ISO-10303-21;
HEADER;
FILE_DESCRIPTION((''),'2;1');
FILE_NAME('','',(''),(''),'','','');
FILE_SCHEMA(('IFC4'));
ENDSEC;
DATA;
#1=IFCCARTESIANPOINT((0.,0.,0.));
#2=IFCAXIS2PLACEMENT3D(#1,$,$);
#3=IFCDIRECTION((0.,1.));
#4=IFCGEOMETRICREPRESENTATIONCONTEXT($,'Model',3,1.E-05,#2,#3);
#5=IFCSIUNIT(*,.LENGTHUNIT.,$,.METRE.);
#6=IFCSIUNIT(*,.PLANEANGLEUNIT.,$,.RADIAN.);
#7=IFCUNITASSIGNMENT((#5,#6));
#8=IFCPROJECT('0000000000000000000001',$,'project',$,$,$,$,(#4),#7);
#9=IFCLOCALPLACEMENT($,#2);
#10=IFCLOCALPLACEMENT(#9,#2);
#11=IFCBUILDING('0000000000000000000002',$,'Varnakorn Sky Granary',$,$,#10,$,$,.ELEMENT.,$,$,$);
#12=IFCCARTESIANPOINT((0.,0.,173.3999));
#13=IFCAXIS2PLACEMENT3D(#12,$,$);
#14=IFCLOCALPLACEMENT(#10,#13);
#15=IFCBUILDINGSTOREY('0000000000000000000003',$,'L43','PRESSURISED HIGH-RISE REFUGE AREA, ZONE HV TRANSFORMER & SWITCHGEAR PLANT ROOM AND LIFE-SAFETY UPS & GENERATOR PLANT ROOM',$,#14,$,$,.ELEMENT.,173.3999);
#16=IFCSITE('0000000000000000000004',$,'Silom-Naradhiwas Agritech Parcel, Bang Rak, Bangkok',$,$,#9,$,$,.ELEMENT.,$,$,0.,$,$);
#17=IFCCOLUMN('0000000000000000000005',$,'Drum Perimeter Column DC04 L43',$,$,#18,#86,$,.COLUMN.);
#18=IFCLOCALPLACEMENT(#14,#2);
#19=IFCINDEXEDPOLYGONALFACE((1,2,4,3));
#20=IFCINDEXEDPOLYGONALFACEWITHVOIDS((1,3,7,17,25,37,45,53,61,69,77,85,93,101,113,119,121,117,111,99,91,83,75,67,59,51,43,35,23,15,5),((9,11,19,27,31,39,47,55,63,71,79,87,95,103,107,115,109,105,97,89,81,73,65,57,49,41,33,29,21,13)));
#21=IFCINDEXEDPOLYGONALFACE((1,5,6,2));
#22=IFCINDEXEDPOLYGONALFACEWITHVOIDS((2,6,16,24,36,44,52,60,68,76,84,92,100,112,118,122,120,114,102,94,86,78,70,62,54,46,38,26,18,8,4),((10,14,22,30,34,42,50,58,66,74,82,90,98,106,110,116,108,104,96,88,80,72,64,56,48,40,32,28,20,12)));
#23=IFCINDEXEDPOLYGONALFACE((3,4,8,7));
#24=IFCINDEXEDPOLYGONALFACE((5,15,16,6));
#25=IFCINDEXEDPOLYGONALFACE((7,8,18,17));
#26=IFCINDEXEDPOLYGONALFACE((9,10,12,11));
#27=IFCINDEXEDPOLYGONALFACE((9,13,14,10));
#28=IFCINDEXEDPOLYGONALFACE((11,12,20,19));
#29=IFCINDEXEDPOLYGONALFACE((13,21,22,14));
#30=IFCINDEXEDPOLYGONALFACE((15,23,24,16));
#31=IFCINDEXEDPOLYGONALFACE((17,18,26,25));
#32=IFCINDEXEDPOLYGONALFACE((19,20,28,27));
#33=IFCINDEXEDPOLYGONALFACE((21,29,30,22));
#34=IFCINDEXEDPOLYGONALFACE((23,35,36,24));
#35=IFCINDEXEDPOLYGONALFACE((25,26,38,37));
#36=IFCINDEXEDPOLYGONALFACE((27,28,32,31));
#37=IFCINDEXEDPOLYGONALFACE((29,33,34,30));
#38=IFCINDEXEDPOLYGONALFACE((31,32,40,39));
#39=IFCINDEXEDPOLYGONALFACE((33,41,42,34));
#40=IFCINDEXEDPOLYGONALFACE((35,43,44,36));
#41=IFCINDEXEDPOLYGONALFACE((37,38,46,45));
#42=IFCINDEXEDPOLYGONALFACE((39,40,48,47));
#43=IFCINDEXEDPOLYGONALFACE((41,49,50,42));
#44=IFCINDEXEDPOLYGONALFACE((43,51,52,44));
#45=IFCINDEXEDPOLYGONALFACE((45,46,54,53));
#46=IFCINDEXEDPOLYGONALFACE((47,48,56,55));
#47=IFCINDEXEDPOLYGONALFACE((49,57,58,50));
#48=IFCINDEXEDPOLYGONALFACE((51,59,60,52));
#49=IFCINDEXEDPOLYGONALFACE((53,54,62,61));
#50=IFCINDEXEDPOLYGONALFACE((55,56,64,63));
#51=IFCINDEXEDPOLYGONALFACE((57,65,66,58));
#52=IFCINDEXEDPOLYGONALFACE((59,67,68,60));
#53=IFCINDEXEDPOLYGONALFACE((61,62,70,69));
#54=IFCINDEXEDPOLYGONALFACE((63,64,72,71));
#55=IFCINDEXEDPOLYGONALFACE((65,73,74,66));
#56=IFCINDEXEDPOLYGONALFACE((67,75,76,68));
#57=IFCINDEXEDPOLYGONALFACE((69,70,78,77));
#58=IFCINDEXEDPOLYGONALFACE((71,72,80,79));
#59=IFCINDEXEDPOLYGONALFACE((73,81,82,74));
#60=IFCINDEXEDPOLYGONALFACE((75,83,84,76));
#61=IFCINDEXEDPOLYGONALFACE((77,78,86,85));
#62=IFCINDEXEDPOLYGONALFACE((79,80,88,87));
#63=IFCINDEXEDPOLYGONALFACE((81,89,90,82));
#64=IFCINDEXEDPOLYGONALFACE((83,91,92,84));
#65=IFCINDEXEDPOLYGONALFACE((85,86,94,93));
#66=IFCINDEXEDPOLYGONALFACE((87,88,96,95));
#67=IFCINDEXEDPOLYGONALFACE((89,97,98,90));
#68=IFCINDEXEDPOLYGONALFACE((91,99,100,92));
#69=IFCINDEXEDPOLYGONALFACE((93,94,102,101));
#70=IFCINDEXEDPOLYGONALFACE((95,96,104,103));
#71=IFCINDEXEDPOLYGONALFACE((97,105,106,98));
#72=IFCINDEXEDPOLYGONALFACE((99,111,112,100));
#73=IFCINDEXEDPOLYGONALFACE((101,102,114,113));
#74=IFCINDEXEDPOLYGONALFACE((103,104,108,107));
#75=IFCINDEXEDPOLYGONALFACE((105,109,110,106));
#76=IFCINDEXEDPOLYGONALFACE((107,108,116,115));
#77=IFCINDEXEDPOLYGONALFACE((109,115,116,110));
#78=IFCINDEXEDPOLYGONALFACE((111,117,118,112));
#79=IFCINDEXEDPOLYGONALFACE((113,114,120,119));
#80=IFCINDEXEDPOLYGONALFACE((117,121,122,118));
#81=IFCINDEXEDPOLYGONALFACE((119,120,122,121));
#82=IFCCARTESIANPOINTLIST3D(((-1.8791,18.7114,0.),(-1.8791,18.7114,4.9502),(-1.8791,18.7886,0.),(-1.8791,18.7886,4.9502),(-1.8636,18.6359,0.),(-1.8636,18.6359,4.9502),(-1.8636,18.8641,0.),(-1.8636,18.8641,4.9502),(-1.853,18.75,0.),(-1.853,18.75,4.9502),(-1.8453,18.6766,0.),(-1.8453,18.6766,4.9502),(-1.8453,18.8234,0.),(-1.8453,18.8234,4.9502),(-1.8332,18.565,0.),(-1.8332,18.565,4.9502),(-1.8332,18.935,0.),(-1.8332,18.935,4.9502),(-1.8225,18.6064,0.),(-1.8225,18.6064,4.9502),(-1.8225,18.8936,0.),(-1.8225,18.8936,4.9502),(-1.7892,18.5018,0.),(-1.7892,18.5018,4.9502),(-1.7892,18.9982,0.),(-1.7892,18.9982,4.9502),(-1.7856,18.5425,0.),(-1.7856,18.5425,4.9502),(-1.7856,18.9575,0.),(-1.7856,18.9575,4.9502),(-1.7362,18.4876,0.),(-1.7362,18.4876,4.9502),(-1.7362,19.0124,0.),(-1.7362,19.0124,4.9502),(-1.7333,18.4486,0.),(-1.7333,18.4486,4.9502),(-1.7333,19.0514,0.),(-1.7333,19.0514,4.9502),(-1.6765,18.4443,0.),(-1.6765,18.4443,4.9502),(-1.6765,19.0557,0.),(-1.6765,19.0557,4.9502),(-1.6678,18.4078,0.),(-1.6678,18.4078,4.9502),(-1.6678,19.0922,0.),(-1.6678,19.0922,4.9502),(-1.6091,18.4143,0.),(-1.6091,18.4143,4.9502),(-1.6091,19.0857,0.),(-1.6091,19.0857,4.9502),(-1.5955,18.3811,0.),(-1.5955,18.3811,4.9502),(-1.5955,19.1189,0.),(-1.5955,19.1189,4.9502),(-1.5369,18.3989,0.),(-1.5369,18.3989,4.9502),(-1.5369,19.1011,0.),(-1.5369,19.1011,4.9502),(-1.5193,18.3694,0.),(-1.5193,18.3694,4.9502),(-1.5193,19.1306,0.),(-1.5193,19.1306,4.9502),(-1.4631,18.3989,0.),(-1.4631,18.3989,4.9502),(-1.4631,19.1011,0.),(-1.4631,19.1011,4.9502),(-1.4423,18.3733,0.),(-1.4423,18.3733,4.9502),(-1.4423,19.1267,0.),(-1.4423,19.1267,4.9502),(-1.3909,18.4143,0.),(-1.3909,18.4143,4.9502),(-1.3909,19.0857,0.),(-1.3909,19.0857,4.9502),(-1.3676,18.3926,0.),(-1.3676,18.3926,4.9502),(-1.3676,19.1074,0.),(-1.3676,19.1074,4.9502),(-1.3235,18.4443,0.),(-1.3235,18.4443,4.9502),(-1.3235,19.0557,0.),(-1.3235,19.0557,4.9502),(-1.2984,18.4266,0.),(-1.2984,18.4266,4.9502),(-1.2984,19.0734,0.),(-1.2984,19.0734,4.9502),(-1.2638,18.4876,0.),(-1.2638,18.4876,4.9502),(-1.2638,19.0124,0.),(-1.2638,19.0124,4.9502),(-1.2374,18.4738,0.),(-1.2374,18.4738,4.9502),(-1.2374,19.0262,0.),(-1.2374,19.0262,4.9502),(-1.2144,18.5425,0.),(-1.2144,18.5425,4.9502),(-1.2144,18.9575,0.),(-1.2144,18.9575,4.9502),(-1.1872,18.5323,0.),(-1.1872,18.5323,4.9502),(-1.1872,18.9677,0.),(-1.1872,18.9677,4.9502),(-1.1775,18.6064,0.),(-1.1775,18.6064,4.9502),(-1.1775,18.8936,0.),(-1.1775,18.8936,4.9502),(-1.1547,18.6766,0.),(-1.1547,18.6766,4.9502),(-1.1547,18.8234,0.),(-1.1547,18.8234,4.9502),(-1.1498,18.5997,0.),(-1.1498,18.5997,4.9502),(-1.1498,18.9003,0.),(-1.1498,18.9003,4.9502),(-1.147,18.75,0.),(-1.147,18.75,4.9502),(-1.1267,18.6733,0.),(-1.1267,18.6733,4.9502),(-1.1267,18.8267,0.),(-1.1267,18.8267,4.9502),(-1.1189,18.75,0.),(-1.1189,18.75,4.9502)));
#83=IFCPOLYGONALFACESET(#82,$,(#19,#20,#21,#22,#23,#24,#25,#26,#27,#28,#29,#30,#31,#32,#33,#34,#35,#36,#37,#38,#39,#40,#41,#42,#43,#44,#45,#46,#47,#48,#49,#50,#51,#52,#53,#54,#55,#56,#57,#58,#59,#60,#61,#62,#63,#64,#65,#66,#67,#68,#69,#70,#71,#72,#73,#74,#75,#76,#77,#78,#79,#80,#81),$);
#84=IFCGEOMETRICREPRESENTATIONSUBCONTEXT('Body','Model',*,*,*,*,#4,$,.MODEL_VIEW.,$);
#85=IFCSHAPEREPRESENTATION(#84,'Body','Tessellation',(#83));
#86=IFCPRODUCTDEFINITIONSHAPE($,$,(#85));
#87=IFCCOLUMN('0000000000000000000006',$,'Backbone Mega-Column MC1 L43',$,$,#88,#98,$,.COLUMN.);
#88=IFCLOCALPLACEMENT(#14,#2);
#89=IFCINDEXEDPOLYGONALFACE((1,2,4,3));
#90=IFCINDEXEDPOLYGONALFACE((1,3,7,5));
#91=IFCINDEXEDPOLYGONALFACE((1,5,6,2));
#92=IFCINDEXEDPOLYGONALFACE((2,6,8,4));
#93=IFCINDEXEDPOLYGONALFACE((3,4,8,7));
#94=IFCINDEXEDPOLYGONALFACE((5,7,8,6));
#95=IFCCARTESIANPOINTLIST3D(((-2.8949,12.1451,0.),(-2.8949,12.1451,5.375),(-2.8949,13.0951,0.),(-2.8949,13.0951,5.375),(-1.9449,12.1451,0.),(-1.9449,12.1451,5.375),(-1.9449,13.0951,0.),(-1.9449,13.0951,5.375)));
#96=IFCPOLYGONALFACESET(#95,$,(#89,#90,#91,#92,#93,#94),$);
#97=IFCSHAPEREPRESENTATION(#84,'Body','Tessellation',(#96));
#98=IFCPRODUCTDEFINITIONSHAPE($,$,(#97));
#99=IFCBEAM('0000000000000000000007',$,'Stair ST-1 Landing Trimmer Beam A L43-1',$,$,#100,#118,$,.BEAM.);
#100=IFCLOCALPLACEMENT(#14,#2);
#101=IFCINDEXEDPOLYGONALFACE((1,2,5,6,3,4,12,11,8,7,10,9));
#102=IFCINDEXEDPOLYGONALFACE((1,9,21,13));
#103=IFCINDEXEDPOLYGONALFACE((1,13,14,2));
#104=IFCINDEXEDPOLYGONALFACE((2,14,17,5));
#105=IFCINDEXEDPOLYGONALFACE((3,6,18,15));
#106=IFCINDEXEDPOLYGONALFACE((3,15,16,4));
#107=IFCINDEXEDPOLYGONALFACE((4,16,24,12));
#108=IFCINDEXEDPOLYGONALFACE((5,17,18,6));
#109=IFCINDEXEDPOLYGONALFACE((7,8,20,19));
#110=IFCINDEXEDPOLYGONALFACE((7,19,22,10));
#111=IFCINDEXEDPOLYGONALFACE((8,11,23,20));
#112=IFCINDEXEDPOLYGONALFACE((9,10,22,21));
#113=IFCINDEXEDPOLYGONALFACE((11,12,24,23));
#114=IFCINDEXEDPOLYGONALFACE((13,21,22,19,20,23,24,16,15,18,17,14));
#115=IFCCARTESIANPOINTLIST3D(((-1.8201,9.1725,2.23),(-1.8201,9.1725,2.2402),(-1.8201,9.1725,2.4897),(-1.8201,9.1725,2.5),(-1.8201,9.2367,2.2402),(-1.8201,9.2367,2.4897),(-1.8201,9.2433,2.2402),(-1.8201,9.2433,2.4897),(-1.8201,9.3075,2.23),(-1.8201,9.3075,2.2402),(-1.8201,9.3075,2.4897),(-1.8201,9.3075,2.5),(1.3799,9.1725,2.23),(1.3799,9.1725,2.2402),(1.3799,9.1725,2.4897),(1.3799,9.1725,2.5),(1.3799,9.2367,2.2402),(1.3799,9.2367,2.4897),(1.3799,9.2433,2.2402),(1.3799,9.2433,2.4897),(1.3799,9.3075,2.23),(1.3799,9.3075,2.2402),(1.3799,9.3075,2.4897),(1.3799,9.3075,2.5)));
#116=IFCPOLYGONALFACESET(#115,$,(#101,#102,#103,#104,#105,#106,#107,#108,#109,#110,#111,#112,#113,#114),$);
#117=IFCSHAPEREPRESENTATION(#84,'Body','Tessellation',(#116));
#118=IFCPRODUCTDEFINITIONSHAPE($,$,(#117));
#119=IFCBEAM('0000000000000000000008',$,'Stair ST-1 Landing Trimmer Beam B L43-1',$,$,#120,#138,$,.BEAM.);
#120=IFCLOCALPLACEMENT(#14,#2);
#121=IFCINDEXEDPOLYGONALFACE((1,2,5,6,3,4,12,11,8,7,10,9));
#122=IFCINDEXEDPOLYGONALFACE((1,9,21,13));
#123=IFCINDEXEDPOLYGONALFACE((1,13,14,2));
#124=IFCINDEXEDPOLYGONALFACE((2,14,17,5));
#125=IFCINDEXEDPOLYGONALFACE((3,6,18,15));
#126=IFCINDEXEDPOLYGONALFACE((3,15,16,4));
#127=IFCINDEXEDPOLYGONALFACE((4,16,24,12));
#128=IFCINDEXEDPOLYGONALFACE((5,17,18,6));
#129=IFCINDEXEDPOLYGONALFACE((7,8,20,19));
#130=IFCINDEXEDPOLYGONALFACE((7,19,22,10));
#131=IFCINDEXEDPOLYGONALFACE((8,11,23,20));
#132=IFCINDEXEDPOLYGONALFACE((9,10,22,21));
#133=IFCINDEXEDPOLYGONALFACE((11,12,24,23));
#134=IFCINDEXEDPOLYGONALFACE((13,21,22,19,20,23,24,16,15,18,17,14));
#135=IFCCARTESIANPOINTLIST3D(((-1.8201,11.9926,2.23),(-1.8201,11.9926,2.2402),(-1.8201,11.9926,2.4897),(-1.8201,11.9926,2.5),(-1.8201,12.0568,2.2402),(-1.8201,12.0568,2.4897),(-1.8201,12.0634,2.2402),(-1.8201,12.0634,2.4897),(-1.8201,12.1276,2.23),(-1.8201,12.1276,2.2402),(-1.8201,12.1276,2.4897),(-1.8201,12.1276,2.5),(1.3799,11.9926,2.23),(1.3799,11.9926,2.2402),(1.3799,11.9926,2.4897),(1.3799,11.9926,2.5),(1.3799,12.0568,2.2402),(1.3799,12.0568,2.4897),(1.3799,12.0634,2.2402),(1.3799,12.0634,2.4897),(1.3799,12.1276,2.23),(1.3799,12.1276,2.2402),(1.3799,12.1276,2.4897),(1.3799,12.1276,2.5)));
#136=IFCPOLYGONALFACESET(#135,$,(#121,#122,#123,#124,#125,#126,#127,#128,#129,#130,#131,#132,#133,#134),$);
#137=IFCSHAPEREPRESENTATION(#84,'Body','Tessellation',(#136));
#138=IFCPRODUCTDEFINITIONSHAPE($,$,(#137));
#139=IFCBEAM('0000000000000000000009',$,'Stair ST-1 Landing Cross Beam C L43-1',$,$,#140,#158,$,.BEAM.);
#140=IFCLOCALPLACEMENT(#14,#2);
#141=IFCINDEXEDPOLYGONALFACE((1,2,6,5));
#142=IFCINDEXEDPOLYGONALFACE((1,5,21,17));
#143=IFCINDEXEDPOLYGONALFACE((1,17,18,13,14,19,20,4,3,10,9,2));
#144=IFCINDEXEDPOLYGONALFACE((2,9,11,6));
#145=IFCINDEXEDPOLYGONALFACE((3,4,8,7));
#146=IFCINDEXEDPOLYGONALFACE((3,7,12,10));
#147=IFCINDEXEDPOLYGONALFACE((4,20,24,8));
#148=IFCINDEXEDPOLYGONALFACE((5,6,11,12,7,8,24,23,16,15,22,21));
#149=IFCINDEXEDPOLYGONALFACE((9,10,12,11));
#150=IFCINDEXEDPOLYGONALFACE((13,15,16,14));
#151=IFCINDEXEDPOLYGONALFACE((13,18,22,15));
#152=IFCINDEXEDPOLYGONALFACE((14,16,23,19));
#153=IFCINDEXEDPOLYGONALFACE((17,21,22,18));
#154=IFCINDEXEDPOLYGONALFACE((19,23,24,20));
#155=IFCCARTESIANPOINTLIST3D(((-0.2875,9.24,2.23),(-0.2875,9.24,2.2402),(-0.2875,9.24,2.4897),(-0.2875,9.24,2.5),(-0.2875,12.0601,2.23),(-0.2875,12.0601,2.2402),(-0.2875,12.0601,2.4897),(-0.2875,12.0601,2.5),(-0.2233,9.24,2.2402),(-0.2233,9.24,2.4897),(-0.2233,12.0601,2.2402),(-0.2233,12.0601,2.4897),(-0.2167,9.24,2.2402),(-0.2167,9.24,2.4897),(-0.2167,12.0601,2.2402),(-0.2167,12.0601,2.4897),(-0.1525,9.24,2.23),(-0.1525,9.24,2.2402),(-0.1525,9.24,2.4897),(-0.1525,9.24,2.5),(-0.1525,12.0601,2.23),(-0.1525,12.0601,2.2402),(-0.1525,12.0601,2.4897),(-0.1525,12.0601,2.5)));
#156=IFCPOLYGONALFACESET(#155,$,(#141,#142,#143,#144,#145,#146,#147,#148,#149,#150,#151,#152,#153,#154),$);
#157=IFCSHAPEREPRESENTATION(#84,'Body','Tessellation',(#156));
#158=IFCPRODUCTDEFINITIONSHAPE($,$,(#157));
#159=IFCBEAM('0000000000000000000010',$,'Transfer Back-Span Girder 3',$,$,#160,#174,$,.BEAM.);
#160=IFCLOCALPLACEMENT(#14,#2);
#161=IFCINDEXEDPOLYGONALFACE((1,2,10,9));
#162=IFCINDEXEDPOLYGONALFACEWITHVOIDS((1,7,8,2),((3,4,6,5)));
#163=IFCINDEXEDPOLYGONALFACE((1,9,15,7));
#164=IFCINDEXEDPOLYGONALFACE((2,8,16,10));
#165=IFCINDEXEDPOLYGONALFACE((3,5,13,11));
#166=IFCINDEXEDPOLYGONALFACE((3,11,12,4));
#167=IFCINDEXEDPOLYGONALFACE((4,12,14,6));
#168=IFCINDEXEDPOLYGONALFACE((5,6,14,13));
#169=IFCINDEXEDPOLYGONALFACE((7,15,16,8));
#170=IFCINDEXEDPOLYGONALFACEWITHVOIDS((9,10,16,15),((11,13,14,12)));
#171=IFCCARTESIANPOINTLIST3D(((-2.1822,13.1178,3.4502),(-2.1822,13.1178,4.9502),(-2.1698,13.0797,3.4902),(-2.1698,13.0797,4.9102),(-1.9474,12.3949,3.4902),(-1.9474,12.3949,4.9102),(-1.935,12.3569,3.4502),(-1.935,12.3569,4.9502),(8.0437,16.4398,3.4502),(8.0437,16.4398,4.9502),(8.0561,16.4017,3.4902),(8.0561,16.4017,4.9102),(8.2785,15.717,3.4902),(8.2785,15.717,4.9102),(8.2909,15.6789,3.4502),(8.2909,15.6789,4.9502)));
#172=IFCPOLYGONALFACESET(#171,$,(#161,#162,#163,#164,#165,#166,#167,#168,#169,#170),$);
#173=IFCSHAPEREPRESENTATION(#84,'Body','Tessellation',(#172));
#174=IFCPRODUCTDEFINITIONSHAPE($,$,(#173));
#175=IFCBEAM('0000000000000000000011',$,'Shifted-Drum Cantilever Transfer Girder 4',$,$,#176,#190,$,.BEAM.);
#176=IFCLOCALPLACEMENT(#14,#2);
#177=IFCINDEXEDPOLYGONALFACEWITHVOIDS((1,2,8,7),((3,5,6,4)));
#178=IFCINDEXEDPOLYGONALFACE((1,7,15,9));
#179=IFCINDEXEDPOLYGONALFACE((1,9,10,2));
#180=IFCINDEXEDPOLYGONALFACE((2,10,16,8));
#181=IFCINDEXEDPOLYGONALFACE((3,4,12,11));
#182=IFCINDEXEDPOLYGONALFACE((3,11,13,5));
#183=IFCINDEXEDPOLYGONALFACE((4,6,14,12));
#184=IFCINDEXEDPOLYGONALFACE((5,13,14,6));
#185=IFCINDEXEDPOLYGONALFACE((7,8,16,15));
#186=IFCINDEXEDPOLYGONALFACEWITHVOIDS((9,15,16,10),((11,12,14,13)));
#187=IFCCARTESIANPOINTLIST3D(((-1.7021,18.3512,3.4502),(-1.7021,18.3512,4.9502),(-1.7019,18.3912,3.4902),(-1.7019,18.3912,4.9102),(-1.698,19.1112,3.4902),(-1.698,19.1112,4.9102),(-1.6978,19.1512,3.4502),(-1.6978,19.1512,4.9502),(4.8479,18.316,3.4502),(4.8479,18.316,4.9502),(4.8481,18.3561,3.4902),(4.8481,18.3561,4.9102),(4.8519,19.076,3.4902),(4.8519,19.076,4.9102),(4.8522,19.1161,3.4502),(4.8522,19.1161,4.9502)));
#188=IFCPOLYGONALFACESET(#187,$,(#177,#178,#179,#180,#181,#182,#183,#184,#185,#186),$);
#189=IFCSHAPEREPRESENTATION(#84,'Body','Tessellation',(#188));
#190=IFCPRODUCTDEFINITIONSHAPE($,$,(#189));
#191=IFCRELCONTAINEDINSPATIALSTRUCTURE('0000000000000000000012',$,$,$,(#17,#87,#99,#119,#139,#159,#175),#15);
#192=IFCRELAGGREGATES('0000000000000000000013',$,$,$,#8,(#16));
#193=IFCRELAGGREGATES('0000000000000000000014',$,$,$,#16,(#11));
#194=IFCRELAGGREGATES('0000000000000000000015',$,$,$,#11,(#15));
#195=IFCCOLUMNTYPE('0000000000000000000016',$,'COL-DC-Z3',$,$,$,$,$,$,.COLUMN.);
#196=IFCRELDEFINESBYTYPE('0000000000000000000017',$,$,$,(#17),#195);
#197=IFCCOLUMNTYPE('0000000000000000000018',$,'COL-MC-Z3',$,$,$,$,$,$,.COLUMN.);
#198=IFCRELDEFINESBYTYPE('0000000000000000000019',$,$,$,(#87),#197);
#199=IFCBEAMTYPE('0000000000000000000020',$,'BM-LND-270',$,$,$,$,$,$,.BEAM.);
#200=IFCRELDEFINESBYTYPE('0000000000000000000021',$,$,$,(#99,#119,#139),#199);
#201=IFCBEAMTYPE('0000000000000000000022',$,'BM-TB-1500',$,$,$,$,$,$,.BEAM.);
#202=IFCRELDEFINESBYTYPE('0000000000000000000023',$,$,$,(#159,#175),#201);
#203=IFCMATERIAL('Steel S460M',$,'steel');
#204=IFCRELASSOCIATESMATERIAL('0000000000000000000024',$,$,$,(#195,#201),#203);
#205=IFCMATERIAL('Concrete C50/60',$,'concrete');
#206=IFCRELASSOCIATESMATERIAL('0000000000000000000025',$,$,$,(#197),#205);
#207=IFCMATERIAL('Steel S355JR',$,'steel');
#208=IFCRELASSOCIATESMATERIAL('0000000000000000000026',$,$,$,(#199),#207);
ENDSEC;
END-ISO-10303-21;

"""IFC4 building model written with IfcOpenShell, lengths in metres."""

from ifc_helpers import new_model, si_unit, direction, frame, origin, origin_2d, place, context, subcontext, project, spatial, rectangle, hollow_rectangle, hollow_circle, i_section, extrude, material, material_profile, profile_set, type_object, element, save


model = new_model("IFC4")

# Units and contexts
model_context = context("Model", 3, precision=1e-05, world=origin(), true_north=direction((0.0, 1.0)))
body_context = subcontext(model_context, "Body", "Model", "MODEL_VIEW")
ifc_project = project(units=[si_unit("LENGTHUNIT", "METRE"), si_unit("PLANEANGLEUNIT", "RADIAN")], contexts=[model_context])

# Site, building, storey
site_placement = place(None, origin())
site = spatial("IfcSite", under=ifc_project, at=site_placement, Name="Silom-Naradhiwas Agritech Parcel, Bang Rak, Bangkok", CompositionType="ELEMENT", RefElevation=0.0)
building_placement = place(site_placement, origin())
building = spatial("IfcBuilding", under=site, at=building_placement, Name="Varnakorn Sky Granary", CompositionType="ELEMENT")
storey_placement = place(building_placement, frame((0.0, 0.0, 173.3999)))
storey = spatial("IfcBuildingStorey", under=building, at=storey_placement, Name="L43", Description="PRESSURISED HIGH-RISE REFUGE AREA, ZONE HV TRANSFORMER & SWITCHGEAR PLANT ROOM AND LIFE-SAFETY UPS & GENERATOR PLANT ROOM", CompositionType="ELEMENT", Elevation=173.3999)

# Columns
ifc_material_1 = material(Name="Steel S460M", Category="steel")
ifc_material_profile_1 = material_profile(ifc_material_1, hollow_circle(Radius=0.3811, WallThickness=0.0281, at=origin_2d()), Name="CHS 762x28")
ifc_profile_set_1 = profile_set([ifc_material_profile_1], Name="Steel S460M")
column_type_1 = type_object("IfcColumnType", Name="COL-DC-Z3", PredefinedType="COLUMN", material=ifc_profile_set_1)
column_1_placement = place(storey_placement, frame((-1.5, 18.75, 0.0), z_axis=(0.0, 0.0, 1.0), x_axis=(1.0, 0.0, 0.0)))
element("IfcColumn", 1, at=column_1_placement, inside=storey, type_object=column_type_1, Name="Drum Perimeter Column DC04 L43", PredefinedType="COLUMN", context=body_context, shape_type="SweptSolid", body=[
    extrude(hollow_circle(Radius=0.3811, WallThickness=0.0281, at=origin_2d()), origin(), (0.0, 0.0, 1.0), 4.9502),
])
ifc_material_2 = material(Name="Concrete C50/60", Category="concrete")
ifc_material_profile_2 = material_profile(ifc_material_2, rectangle(XDim=0.95, YDim=0.95, at=origin_2d()), Name="RC 950x950")
ifc_profile_set_2 = profile_set([ifc_material_profile_2], Name="Concrete C50/60")
column_type_2 = type_object("IfcColumnType", Name="COL-MC-Z3", PredefinedType="COLUMN", material=ifc_profile_set_2)
column_2_placement = place(storey_placement, frame((-2.4199, 12.6201, 0.0), z_axis=(0.0, 0.0, 1.0), x_axis=(1.0, 0.0, 0.0)))
element("IfcColumn", 2, at=column_2_placement, inside=storey, type_object=column_type_2, Name="Backbone Mega-Column MC1 L43", PredefinedType="COLUMN", context=body_context, shape_type="SweptSolid", body=[
    extrude(rectangle(XDim=0.95, YDim=0.95, at=origin_2d()), origin(), (0.0, 0.0, 1.0), 5.375),
])

# Beams
ifc_material_3 = material(Name="Steel S355JR", Category="steel")
ifc_material_profile_3 = material_profile(ifc_material_3, i_section(OverallWidth=0.135, OverallDepth=0.27, WebThickness=0.0066, FlangeThickness=0.0103, at=origin_2d()), Name="IPE 270")
ifc_profile_set_3 = profile_set([ifc_material_profile_3], Name="Steel S355JR")
beam_type_1 = type_object("IfcBeamType", Name="BM-LND-270", PredefinedType="BEAM", material=ifc_profile_set_3)
for number, where, z_axis, x_axis, name in (
    (3, (-1.8201, 9.24, 2.365), (1.0, 0.0, 0.0), (0.0, 1.0, 0.0), "Stair ST-1 Landing Trimmer Beam A L43-1"),
    (4, (-1.8201, 12.0601, 2.365), (1.0, 0.0, 0.0), (0.0, 1.0, 0.0), "Stair ST-1 Landing Trimmer Beam B L43-1"),
):
    element("IfcBeam", number, at=place(storey_placement, frame(where, z_axis=z_axis, x_axis=x_axis)), inside=storey, type_object=beam_type_1, Name=name, PredefinedType="BEAM", context=body_context, shape_type="SweptSolid", body=[
        extrude(i_section(OverallWidth=0.135, OverallDepth=0.27, WebThickness=0.0066, FlangeThickness=0.0103, at=origin_2d()), origin(), (0.0, 0.0, 1.0), 3.2),
    ])
beam_1_placement = place(storey_placement, frame((-0.22, 9.24, 2.365), z_axis=(0.0, 1.0, 0.0), x_axis=(-1.0, 0.0, 0.0)))
element("IfcBeam", 5, at=beam_1_placement, inside=storey, type_object=beam_type_1, Name="Stair ST-1 Landing Cross Beam C L43-1", PredefinedType="BEAM", context=body_context, shape_type="SweptSolid", body=[
    extrude(i_section(OverallWidth=0.135, OverallDepth=0.27, WebThickness=0.0066, FlangeThickness=0.0103, at=origin_2d()), origin(), (0.0, 0.0, 1.0), 2.8201),
])
ifc_material_profile_4 = material_profile(ifc_material_1, hollow_rectangle(XDim=0.8, YDim=1.5, WallThickness=0.04, at=origin_2d()), Name="BOX 800x1500x40")
ifc_profile_set_4 = profile_set([ifc_material_profile_4], Name="Steel S460M")
beam_type_2 = type_object("IfcBeamType", Name="BM-TB-1500", PredefinedType="BEAM", material=ifc_profile_set_4)
beam_2_placement = place(storey_placement, frame((-2.0586, 12.7373, 4.2002), z_axis=(0.951072, 0.308971, 0.0), x_axis=(-0.308971, 0.951072, 0.0)))
element("IfcBeam", 6, at=beam_2_placement, inside=storey, type_object=beam_type_2, Name="Transfer Back-Span Girder 3", PredefinedType="BEAM", context=body_context, shape_type="SweptSolid", body=[
    extrude(hollow_rectangle(XDim=0.8, YDim=1.5, WallThickness=0.04, at=origin_2d()), origin(), (0.0, 0.0, 1.0), 10.752),
])
beam_3_placement = place(storey_placement, frame((-1.7, 18.7512, 4.2002), z_axis=(0.999986, -0.005367, 0.0), x_axis=(0.005367, 0.999986, 0.0)))
element("IfcBeam", 7, at=beam_3_placement, inside=storey, type_object=beam_type_2, Name="Shifted-Drum Cantilever Transfer Girder 4", PredefinedType="BEAM", context=body_context, shape_type="SweptSolid", body=[
    extrude(hollow_rectangle(XDim=0.8, YDim=1.5, WallThickness=0.04, at=origin_2d()), origin(), (0.0, 0.0, 1.0), 6.55),
])

save(model, "model.ifc")
